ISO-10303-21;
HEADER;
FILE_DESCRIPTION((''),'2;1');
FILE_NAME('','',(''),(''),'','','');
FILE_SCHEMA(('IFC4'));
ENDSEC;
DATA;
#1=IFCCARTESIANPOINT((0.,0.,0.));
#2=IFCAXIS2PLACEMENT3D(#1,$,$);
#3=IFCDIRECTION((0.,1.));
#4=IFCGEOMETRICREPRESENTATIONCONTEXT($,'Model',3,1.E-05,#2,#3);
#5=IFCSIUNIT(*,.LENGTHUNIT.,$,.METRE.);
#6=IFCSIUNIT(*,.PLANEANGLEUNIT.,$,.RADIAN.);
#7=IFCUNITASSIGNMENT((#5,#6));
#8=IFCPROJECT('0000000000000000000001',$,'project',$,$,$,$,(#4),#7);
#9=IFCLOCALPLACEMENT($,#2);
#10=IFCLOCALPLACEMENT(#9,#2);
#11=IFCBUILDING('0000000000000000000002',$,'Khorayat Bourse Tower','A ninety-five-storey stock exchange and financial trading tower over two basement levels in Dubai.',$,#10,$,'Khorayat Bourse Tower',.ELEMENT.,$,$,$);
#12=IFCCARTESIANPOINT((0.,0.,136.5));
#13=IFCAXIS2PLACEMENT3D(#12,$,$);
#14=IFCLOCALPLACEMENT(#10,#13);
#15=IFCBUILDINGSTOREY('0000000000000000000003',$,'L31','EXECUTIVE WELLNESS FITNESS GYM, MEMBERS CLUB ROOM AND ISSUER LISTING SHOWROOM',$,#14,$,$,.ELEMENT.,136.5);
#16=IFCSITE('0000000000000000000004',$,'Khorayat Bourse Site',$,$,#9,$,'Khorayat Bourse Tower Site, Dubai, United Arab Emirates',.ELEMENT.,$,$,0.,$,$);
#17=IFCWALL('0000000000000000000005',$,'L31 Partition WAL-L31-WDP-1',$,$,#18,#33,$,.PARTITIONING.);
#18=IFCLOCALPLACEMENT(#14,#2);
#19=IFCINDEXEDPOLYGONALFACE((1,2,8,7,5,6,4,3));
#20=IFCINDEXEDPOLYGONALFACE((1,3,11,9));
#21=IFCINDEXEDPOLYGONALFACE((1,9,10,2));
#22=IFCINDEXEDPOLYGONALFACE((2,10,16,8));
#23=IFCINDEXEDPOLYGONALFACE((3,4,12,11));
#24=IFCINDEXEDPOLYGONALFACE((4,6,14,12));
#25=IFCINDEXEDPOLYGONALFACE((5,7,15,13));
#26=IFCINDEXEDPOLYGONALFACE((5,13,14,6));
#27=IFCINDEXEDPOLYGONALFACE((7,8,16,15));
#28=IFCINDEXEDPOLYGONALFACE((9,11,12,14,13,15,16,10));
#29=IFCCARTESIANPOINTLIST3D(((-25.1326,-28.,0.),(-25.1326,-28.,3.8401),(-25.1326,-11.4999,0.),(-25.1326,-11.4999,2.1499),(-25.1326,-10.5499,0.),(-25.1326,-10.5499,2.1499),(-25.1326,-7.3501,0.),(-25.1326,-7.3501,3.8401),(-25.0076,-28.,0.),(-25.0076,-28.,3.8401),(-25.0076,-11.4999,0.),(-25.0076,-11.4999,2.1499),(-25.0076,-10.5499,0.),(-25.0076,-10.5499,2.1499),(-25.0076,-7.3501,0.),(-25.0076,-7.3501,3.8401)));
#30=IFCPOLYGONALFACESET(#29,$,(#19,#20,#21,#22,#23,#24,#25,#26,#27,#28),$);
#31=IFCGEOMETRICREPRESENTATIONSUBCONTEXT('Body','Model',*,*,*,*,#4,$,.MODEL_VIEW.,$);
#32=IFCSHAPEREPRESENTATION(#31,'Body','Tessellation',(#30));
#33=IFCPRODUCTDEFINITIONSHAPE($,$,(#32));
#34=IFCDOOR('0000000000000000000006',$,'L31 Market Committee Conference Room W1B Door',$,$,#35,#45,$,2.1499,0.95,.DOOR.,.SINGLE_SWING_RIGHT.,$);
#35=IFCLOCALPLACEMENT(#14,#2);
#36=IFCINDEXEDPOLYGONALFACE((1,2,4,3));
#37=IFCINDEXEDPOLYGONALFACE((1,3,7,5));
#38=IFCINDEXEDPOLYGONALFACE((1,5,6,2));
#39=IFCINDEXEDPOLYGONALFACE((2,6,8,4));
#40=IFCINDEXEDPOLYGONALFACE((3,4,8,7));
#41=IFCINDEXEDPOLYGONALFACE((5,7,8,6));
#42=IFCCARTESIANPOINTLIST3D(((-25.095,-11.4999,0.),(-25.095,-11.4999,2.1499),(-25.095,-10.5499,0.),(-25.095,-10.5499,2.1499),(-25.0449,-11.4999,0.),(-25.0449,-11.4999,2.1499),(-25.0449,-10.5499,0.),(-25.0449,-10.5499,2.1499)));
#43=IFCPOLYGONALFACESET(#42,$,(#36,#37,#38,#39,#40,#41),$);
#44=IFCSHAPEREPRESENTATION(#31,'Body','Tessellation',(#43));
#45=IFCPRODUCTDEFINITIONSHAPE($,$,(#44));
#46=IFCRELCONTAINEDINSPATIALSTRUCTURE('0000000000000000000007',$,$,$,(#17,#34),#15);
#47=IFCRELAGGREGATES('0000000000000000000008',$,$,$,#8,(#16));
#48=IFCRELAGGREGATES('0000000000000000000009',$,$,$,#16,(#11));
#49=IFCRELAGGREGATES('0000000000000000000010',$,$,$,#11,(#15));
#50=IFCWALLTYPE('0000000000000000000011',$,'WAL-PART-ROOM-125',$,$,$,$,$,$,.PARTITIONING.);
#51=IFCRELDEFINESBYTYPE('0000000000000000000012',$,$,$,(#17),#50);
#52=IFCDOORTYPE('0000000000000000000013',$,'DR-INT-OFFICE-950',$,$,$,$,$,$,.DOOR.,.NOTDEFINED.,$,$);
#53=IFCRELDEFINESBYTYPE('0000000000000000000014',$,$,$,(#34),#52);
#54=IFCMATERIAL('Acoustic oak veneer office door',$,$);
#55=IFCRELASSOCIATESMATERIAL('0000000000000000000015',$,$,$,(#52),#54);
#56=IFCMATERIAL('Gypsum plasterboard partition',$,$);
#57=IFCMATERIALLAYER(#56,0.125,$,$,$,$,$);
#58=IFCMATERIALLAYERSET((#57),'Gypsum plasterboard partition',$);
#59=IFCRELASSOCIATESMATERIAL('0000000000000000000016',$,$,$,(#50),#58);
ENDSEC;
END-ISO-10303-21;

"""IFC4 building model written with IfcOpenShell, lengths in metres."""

from ifc_helpers import new_model, si_unit, direction, frame, frame_2d, origin, place, context, subcontext, project, spatial, rectangle, extrude, source, transform, mapped, material, layer, layer_set, type_object, element, fill, save


model = new_model("IFC4")

# Units and contexts
model_context = context("Model", 3, precision=1e-05, world=origin(), true_north=direction((0.0, 1.0)))
body_context = subcontext(model_context, "Body", "Model", "MODEL_VIEW")
ifc_project = project(units=[si_unit("LENGTHUNIT", "METRE"), si_unit("PLANEANGLEUNIT", "RADIAN")], contexts=[model_context])

# Site, building, storey
site_placement = place(None, origin())
site = spatial("IfcSite", under=ifc_project, at=site_placement, Name="Khorayat Bourse Site", LongName="Khorayat Bourse Tower Site, Dubai, United Arab Emirates", CompositionType="ELEMENT", RefElevation=0.0)
building_placement = place(site_placement, origin())
building = spatial("IfcBuilding", under=site, at=building_placement, Name="Khorayat Bourse Tower", Description="A ninety-five-storey stock exchange and financial trading tower over two basement levels in Dubai.", LongName="Khorayat Bourse Tower", CompositionType="ELEMENT")
storey_placement = place(building_placement, frame((0.0, 0.0, 136.5)))
storey = spatial("IfcBuildingStorey", under=building, at=storey_placement, Name="L31", Description="EXECUTIVE WELLNESS FITNESS GYM, MEMBERS CLUB ROOM AND ISSUER LISTING SHOWROOM", CompositionType="ELEMENT", Elevation=136.5)

# Wall, opening, door
ifc_material_1 = material(Name="Acoustic oak veneer office door")
door_type = type_object("IfcDoorType", Name="DR-INT-OFFICE-950", OperationType="NOTDEFINED", PredefinedType="DOOR", material=ifc_material_1)
shared_shape_1 = source(origin(), body_context, "Body", "SweptSolid", [
    extrude(rectangle(XDim=0.95, YDim=2.1499, at=frame_2d((0.4751, 1.075))), frame((0.0, 0.0249, 0.0), z_axis=(0.0, -1.0, 0.0), x_axis=(1.0, 0.0, 0.0)), (0.0, 0.0, 1.0), 0.05),
])
ifc_material_2 = material(Name="Gypsum plasterboard partition")
ifc_layer_1 = layer(ifc_material_2, 0.125)
ifc_layer_set_1 = layer_set([ifc_layer_1], Name="Gypsum plasterboard partition")
wall_type_1 = type_object("IfcWallType", Name="WAL-PART-ROOM-125", PredefinedType="PARTITIONING", material=ifc_layer_set_1)
shared_shape_2 = source(origin(), body_context, "Body", "SweptSolid", [
    extrude(rectangle(XDim=20.6499, YDim=0.125, at=frame_2d((10.325, 0.0))), origin(), (0.0, 0.0, 1.0), 3.8401),
])
wall_1_placement = place(storey_placement, frame((-25.0701, -28.0, 0.0), z_axis=(0.0, 0.0, 1.0), x_axis=(0.0, 1.0, 0.0)))
wall_1 = element("IfcWall", 1, at=wall_1_placement, inside=storey, type_object=wall_type_1, Name="L31 Partition WAL-L31-WDP-1", PredefinedType="PARTITIONING", context=body_context, shape_type="MappedRepresentation", body=[
    mapped(shared_shape_2, transform((0.0, 0.0, 0.0), scale=1.0)),
])
shared_shape_3 = source(origin(), body_context, "Body", "SweptSolid", [
    extrude(rectangle(XDim=0.95, YDim=2.1499, at=frame_2d((0.4751, 1.075))), frame((0.0, 0.0725, 0.0), z_axis=(0.0, -1.0, 0.0), x_axis=(1.0, 0.0, 0.0)), (0.0, 0.0, 1.0), 0.145),
])
opening_1_placement = place(wall_1_placement, frame((16.5, 0.0, 0.0)))
opening_1 = element("IfcOpeningElement", 2, at=opening_1_placement, cuts=wall_1, PredefinedType="OPENING", context=body_context, shape_type="MappedRepresentation", body=[
    mapped(shared_shape_3, transform((0.0, 0.0, 0.0), scale=1.0)),
])
door_1_placement = place(opening_1_placement, origin())
door_1 = element("IfcDoor", 3, at=door_1_placement, inside=storey, type_object=door_type, Name="L31 Market Committee Conference Room W1B Door", OperationType="SINGLE_SWING_RIGHT", OverallHeight=2.1499, OverallWidth=0.95, PredefinedType="DOOR", context=body_context, shape_type="MappedRepresentation", body=[
    mapped(shared_shape_1, transform((0.0, 0.0, 0.0), scale=1.0)),
])
fill(opening_1, door_1)

save(model, "model.ifc")
